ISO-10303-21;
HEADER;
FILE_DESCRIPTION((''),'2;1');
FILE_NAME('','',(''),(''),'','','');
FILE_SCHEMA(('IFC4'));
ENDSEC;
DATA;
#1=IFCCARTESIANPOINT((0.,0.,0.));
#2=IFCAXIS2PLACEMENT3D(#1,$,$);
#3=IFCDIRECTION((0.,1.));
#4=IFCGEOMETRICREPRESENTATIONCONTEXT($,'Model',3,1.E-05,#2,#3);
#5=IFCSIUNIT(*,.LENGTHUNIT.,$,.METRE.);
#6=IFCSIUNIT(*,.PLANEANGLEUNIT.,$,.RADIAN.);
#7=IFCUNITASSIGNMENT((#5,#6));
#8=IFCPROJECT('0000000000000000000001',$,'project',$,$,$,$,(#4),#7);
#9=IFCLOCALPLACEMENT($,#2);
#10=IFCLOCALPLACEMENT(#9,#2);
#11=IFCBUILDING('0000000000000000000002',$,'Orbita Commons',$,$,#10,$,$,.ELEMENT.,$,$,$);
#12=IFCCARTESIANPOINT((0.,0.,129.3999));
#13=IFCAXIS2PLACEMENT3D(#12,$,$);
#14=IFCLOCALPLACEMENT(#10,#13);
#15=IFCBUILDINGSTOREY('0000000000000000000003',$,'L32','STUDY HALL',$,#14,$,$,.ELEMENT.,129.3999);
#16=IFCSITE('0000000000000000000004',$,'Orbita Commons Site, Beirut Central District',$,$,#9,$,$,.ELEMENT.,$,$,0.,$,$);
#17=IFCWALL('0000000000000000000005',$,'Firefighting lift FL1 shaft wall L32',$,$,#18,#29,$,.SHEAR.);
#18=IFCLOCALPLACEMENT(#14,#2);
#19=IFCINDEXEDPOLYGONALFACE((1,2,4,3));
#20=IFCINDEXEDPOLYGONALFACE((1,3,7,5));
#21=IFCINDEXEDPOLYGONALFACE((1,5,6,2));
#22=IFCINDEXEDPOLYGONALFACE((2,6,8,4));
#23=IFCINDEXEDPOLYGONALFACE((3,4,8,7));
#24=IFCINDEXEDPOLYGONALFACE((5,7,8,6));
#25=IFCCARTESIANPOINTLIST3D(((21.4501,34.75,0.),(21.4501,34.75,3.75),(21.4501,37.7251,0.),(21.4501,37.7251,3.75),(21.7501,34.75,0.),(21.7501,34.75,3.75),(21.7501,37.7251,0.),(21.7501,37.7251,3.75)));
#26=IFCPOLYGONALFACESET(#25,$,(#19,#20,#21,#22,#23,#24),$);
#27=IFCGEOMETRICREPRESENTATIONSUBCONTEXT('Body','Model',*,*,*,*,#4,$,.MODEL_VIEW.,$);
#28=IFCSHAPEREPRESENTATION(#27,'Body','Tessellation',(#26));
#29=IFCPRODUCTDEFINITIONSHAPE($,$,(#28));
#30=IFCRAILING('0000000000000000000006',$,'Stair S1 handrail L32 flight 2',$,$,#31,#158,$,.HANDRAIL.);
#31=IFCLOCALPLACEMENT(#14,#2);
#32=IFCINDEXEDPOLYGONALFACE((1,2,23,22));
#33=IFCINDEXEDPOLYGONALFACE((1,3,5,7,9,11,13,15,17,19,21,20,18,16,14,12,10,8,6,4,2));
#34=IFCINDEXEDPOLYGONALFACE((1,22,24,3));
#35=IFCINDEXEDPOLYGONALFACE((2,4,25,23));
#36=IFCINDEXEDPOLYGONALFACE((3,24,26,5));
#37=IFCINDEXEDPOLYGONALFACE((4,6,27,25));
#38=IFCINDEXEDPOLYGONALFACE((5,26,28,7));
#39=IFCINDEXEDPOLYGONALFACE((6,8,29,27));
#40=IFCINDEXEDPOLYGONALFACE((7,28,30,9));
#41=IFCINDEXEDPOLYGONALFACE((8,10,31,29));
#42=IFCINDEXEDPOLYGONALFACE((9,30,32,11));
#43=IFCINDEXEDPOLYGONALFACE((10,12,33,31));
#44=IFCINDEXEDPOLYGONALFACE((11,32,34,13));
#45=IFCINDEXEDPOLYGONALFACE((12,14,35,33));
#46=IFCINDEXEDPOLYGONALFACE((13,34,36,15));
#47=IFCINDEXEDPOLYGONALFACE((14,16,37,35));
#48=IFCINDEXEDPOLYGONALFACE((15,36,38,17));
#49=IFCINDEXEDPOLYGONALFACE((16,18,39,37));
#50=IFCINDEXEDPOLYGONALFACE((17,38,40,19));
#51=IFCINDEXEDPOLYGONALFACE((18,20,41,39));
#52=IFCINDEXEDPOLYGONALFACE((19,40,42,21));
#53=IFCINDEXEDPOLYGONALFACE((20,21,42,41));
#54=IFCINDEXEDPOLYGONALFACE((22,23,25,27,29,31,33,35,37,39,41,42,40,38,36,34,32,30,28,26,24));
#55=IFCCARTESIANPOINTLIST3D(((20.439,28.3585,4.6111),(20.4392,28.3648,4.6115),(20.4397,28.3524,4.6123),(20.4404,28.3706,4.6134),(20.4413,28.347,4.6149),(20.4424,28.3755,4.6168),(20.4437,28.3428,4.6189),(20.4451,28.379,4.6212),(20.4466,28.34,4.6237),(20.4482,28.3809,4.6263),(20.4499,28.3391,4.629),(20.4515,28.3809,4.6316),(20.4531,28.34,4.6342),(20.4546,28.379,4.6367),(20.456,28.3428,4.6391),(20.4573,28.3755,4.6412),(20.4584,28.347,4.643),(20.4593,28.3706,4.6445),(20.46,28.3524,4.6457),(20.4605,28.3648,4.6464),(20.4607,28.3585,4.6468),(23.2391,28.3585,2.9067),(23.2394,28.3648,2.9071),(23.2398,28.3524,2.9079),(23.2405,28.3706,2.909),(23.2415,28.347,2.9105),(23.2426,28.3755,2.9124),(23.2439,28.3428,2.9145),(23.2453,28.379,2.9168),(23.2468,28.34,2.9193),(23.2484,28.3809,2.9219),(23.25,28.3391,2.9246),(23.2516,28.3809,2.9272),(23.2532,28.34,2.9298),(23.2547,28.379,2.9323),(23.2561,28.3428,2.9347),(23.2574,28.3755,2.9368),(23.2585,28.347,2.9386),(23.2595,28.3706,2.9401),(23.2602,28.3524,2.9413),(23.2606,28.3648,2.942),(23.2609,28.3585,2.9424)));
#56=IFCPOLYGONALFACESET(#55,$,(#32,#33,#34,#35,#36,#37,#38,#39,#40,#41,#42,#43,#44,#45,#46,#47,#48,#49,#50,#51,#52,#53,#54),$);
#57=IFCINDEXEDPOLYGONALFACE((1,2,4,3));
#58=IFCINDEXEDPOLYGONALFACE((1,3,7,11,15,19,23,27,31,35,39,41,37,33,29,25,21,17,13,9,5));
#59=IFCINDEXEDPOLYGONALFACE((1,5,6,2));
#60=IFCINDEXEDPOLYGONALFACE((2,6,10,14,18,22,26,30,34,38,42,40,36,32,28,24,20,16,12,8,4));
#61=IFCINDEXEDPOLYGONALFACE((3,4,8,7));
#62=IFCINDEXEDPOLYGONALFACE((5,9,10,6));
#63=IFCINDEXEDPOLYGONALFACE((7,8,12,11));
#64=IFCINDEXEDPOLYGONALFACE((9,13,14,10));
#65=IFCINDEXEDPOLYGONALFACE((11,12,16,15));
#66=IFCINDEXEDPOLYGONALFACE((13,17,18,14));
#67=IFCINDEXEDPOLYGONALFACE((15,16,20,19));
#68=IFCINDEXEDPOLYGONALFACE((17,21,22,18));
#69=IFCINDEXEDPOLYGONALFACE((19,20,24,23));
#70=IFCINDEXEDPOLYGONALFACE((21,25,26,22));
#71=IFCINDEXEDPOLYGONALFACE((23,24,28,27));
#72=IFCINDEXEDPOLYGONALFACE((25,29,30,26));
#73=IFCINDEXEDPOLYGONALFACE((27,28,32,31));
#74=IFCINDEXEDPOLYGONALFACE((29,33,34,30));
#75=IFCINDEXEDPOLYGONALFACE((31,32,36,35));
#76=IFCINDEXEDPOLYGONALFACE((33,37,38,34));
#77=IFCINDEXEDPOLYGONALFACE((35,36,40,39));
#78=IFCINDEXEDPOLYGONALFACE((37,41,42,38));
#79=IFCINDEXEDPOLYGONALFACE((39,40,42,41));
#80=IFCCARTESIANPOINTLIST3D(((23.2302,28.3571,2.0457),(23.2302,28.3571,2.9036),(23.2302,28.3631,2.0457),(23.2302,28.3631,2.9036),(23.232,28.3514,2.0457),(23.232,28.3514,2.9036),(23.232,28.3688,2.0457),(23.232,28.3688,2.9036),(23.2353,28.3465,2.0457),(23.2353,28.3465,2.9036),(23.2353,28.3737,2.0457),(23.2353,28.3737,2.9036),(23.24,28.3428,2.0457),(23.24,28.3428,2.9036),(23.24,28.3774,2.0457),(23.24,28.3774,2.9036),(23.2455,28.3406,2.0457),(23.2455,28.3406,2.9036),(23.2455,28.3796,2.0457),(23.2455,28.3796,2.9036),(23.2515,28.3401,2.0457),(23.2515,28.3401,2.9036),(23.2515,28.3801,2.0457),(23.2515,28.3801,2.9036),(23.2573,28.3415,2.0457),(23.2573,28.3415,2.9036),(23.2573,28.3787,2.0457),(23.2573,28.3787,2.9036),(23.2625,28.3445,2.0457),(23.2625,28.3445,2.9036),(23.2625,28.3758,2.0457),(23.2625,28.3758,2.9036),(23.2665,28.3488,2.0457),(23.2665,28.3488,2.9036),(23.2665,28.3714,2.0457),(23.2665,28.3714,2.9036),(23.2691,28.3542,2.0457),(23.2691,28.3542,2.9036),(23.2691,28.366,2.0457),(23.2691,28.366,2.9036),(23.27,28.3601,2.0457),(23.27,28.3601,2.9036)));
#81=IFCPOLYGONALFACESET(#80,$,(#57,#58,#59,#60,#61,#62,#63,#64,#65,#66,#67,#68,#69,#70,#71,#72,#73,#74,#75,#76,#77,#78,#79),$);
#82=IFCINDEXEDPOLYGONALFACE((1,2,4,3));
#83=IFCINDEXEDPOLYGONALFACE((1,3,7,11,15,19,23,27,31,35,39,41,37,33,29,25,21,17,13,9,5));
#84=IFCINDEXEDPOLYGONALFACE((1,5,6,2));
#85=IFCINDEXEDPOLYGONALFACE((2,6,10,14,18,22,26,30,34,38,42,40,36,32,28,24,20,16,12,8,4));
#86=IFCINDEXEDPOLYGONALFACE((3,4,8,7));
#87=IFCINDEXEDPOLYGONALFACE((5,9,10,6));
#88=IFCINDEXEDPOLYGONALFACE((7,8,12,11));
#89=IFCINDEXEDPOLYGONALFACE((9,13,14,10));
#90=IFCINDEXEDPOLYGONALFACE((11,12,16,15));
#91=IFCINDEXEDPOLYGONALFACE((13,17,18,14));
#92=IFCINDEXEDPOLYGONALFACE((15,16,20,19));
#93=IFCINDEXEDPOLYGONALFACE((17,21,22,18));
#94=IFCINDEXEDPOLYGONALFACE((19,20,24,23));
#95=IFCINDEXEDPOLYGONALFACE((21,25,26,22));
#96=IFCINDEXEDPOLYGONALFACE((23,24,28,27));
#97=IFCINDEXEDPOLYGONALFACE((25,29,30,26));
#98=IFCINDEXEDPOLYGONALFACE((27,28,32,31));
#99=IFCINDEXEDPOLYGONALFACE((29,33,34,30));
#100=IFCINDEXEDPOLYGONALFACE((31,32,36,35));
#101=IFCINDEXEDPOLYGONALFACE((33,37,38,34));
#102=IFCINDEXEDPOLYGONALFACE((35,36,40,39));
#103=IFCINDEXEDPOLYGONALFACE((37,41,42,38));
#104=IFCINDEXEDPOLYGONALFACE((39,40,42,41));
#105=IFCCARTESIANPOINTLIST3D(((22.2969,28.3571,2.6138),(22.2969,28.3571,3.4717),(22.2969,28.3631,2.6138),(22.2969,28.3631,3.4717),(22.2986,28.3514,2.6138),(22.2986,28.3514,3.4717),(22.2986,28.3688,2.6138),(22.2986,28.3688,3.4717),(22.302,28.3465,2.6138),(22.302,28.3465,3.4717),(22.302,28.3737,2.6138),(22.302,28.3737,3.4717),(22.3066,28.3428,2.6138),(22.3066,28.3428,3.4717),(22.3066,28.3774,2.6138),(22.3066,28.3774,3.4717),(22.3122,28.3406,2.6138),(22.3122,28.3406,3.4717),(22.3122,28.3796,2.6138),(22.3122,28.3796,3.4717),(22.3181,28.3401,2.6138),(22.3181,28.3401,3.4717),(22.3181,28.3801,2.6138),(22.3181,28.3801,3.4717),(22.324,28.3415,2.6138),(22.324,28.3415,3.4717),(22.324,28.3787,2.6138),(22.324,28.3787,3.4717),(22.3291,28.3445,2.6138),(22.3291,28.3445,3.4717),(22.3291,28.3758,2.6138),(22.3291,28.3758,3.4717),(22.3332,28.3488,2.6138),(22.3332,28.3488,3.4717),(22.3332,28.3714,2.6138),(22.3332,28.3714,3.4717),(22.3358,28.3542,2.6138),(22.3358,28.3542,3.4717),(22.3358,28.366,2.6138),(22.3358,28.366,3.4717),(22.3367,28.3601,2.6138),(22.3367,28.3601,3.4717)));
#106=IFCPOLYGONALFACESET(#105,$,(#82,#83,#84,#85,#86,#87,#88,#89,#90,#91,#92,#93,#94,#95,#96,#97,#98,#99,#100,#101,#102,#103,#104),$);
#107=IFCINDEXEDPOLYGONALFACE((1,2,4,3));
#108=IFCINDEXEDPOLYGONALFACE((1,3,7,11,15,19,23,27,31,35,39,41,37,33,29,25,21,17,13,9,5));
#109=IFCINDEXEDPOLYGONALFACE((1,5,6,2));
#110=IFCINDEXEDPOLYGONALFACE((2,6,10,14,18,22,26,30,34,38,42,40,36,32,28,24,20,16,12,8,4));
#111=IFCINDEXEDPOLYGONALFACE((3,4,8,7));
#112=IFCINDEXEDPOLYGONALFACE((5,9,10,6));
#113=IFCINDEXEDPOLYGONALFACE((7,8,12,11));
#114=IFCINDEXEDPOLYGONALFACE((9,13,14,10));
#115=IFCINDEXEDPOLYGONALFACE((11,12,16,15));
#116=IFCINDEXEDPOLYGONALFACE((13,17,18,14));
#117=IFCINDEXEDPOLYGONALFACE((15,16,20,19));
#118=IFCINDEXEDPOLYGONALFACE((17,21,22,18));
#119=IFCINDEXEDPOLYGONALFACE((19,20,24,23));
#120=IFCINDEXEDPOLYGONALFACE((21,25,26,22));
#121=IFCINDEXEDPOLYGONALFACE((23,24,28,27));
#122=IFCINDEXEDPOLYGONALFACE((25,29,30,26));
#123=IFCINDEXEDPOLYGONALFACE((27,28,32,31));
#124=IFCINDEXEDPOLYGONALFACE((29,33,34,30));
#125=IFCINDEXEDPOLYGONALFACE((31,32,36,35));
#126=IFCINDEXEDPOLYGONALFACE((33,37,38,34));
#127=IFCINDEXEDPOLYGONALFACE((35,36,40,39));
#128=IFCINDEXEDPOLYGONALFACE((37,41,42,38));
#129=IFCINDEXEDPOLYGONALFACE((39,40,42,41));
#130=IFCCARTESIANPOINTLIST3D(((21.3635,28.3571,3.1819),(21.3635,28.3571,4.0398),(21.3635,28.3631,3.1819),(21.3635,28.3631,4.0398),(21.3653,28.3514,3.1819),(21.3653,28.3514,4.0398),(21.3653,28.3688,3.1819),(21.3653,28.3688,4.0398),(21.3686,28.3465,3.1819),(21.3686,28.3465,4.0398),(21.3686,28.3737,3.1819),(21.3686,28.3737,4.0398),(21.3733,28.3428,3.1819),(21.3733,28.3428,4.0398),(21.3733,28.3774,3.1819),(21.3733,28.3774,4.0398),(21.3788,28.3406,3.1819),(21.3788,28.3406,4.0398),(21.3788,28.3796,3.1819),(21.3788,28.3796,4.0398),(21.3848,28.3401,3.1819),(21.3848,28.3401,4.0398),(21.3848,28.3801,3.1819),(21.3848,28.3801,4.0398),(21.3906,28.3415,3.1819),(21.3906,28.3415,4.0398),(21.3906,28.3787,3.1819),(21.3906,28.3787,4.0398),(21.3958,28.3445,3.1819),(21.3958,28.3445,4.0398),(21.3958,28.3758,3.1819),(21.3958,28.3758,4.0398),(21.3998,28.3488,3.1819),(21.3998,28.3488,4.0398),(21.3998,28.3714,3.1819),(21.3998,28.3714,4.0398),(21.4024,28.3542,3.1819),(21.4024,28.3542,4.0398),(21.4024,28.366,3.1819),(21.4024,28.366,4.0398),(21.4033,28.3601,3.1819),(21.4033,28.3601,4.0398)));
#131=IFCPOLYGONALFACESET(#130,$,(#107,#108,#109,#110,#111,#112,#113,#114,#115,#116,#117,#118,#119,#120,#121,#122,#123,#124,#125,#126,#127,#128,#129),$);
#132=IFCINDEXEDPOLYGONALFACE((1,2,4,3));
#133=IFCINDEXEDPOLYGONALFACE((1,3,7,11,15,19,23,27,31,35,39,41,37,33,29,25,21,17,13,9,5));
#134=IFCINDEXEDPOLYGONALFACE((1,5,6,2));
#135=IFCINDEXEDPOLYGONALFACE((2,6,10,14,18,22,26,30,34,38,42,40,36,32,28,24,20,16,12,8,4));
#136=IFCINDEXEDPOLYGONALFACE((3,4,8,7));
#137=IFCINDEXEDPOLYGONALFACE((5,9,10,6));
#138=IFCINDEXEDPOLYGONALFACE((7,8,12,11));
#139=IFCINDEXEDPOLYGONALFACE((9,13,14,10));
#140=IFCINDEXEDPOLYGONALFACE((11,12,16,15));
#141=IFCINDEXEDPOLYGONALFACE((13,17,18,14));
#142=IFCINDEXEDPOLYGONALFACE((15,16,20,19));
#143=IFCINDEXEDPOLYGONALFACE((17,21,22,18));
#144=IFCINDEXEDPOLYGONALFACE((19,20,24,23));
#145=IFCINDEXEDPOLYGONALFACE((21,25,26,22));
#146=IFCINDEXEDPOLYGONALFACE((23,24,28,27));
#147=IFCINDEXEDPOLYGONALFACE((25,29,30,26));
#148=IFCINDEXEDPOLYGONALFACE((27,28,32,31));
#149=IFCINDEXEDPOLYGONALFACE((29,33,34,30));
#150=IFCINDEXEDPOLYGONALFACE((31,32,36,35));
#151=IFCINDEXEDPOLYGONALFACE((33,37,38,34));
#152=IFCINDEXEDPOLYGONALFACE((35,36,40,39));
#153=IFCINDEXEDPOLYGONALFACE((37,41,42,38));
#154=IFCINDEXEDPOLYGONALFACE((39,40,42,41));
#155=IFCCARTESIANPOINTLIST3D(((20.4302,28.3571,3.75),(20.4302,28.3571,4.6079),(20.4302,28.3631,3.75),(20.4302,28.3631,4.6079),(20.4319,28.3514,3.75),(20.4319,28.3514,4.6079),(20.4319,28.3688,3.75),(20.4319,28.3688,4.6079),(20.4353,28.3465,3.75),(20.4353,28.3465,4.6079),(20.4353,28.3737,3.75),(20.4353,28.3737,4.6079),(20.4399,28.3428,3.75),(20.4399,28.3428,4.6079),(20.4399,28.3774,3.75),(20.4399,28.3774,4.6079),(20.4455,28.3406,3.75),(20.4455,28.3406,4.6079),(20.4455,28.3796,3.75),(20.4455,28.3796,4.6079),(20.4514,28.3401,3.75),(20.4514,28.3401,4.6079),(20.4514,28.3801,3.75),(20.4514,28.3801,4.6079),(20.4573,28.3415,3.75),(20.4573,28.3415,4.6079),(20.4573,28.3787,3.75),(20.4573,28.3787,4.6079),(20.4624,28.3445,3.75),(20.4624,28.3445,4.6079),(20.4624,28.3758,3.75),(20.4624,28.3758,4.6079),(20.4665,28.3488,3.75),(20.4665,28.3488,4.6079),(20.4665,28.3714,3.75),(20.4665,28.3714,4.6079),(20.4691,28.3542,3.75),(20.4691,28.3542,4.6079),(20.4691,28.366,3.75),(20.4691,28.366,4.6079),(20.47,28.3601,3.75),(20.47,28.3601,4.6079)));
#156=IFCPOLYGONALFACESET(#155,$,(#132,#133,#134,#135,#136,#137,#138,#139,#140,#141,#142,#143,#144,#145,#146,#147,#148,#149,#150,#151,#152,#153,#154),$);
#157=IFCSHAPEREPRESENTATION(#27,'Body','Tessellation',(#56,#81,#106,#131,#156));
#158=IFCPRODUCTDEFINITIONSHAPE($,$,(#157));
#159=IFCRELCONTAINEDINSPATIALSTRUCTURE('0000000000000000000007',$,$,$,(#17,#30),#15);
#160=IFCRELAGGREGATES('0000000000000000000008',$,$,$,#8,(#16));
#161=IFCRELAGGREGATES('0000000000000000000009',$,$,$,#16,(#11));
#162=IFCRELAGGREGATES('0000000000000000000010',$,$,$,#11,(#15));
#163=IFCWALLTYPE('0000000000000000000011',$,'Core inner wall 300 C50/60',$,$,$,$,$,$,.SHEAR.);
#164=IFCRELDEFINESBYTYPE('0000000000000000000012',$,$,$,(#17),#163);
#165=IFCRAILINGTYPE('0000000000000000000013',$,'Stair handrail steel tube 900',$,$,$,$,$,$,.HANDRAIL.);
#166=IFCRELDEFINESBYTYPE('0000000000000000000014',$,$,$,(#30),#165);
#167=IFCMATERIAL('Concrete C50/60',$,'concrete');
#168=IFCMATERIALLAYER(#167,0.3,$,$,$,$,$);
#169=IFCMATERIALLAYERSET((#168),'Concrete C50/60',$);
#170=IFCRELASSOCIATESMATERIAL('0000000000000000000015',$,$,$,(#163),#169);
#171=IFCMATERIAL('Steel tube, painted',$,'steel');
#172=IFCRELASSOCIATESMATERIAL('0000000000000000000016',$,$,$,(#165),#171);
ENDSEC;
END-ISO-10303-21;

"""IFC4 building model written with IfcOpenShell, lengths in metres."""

from ifc_helpers import new_model, si_unit, direction, frame, frame_2d, origin, origin_2d, place, context, subcontext, project, spatial, rectangle, circle, extrude, material, layer, layer_set, type_object, element, save


model = new_model("IFC4")

# Units and contexts
model_context = context("Model", 3, precision=1e-05, world=origin(), true_north=direction((0.0, 1.0)))
body_context = subcontext(model_context, "Body", "Model", "MODEL_VIEW")
ifc_project = project(units=[si_unit("LENGTHUNIT", "METRE"), si_unit("PLANEANGLEUNIT", "RADIAN")], contexts=[model_context])

# Site, building, storey
site_placement = place(None, origin())
site = spatial("IfcSite", under=ifc_project, at=site_placement, Name="Orbita Commons Site, Beirut Central District", CompositionType="ELEMENT", RefElevation=0.0)
building_placement = place(site_placement, origin())
building = spatial("IfcBuilding", under=site, at=building_placement, Name="Orbita Commons", CompositionType="ELEMENT")
storey_placement = place(building_placement, frame((0.0, 0.0, 129.3999)))
storey = spatial("IfcBuildingStorey", under=building, at=storey_placement, Name="L32", Description="STUDY HALL", CompositionType="ELEMENT", Elevation=129.3999)

# Shared definitions
ifc_material_1 = material(Name="Concrete C50/60", Category="concrete")
ifc_layer = layer(ifc_material_1, 0.3)
ifc_layer_set = layer_set([ifc_layer], Name="Concrete C50/60")
wall_type = type_object("IfcWallType", Name="Core inner wall 300 C50/60", PredefinedType="SHEAR", material=ifc_layer_set)

# Wall
wall_1_placement = place(storey_placement, frame((21.6001, 34.75, 0.0), z_axis=(0.0, 0.0, 1.0), x_axis=(0.0, 1.0, 0.0)))
element("IfcWall", 1, at=wall_1_placement, inside=storey, type_object=wall_type, Name="Firefighting lift FL1 shaft wall L32", PredefinedType="SHEAR", context=body_context, shape_type="SweptSolid", body=[
    extrude(rectangle(XDim=2.9751, YDim=0.3, at=frame_2d((1.4875, 0.0))), origin(), (0.0, 0.0, 1.0), 3.75),
])

# Railing
ifc_material_2 = material(Name="Steel tube, painted", Category="steel")
railing_type = type_object("IfcRailingType", Name="Stair handrail steel tube 900", PredefinedType="HANDRAIL", material=ifc_material_2)
for number, where, name in (
    (2, (23.25, 28.3601, 2.0457), "Stair S1 handrail L32 flight 2"),
):
    element("IfcRailing", number, at=place(storey_placement, frame(where)), inside=storey, type_object=railing_type, Name=name, PredefinedType="HANDRAIL", context=body_context, shape_type="SweptSolid", body=[
        extrude(circle(Radius=0.021, at=origin_2d()), frame((0.0, 0.0, 0.8789), z_axis=(-0.854203, 0.0, 0.51994), x_axis=(0.0, -1.0, 0.0)), (0.0, 0.0, 1.0), 3.2781),
        extrude(circle(Radius=0.02, at=origin_2d()), origin(), (0.0, 0.0, 1.0), 0.8579),
        extrude(circle(Radius=0.02, at=origin_2d()), frame((-0.9333, 0.0, 0.5681)), (0.0, 0.0, 1.0), 0.8579),
        extrude(circle(Radius=0.02, at=origin_2d()), frame((-1.8667, 0.0, 1.1362)), (0.0, 0.0, 1.0), 0.8579),
        extrude(circle(Radius=0.02, at=origin_2d()), frame((-2.8, 0.0, 1.7043)), (0.0, 0.0, 1.0), 0.8579),
    ])

save(model, "model.ifc")
